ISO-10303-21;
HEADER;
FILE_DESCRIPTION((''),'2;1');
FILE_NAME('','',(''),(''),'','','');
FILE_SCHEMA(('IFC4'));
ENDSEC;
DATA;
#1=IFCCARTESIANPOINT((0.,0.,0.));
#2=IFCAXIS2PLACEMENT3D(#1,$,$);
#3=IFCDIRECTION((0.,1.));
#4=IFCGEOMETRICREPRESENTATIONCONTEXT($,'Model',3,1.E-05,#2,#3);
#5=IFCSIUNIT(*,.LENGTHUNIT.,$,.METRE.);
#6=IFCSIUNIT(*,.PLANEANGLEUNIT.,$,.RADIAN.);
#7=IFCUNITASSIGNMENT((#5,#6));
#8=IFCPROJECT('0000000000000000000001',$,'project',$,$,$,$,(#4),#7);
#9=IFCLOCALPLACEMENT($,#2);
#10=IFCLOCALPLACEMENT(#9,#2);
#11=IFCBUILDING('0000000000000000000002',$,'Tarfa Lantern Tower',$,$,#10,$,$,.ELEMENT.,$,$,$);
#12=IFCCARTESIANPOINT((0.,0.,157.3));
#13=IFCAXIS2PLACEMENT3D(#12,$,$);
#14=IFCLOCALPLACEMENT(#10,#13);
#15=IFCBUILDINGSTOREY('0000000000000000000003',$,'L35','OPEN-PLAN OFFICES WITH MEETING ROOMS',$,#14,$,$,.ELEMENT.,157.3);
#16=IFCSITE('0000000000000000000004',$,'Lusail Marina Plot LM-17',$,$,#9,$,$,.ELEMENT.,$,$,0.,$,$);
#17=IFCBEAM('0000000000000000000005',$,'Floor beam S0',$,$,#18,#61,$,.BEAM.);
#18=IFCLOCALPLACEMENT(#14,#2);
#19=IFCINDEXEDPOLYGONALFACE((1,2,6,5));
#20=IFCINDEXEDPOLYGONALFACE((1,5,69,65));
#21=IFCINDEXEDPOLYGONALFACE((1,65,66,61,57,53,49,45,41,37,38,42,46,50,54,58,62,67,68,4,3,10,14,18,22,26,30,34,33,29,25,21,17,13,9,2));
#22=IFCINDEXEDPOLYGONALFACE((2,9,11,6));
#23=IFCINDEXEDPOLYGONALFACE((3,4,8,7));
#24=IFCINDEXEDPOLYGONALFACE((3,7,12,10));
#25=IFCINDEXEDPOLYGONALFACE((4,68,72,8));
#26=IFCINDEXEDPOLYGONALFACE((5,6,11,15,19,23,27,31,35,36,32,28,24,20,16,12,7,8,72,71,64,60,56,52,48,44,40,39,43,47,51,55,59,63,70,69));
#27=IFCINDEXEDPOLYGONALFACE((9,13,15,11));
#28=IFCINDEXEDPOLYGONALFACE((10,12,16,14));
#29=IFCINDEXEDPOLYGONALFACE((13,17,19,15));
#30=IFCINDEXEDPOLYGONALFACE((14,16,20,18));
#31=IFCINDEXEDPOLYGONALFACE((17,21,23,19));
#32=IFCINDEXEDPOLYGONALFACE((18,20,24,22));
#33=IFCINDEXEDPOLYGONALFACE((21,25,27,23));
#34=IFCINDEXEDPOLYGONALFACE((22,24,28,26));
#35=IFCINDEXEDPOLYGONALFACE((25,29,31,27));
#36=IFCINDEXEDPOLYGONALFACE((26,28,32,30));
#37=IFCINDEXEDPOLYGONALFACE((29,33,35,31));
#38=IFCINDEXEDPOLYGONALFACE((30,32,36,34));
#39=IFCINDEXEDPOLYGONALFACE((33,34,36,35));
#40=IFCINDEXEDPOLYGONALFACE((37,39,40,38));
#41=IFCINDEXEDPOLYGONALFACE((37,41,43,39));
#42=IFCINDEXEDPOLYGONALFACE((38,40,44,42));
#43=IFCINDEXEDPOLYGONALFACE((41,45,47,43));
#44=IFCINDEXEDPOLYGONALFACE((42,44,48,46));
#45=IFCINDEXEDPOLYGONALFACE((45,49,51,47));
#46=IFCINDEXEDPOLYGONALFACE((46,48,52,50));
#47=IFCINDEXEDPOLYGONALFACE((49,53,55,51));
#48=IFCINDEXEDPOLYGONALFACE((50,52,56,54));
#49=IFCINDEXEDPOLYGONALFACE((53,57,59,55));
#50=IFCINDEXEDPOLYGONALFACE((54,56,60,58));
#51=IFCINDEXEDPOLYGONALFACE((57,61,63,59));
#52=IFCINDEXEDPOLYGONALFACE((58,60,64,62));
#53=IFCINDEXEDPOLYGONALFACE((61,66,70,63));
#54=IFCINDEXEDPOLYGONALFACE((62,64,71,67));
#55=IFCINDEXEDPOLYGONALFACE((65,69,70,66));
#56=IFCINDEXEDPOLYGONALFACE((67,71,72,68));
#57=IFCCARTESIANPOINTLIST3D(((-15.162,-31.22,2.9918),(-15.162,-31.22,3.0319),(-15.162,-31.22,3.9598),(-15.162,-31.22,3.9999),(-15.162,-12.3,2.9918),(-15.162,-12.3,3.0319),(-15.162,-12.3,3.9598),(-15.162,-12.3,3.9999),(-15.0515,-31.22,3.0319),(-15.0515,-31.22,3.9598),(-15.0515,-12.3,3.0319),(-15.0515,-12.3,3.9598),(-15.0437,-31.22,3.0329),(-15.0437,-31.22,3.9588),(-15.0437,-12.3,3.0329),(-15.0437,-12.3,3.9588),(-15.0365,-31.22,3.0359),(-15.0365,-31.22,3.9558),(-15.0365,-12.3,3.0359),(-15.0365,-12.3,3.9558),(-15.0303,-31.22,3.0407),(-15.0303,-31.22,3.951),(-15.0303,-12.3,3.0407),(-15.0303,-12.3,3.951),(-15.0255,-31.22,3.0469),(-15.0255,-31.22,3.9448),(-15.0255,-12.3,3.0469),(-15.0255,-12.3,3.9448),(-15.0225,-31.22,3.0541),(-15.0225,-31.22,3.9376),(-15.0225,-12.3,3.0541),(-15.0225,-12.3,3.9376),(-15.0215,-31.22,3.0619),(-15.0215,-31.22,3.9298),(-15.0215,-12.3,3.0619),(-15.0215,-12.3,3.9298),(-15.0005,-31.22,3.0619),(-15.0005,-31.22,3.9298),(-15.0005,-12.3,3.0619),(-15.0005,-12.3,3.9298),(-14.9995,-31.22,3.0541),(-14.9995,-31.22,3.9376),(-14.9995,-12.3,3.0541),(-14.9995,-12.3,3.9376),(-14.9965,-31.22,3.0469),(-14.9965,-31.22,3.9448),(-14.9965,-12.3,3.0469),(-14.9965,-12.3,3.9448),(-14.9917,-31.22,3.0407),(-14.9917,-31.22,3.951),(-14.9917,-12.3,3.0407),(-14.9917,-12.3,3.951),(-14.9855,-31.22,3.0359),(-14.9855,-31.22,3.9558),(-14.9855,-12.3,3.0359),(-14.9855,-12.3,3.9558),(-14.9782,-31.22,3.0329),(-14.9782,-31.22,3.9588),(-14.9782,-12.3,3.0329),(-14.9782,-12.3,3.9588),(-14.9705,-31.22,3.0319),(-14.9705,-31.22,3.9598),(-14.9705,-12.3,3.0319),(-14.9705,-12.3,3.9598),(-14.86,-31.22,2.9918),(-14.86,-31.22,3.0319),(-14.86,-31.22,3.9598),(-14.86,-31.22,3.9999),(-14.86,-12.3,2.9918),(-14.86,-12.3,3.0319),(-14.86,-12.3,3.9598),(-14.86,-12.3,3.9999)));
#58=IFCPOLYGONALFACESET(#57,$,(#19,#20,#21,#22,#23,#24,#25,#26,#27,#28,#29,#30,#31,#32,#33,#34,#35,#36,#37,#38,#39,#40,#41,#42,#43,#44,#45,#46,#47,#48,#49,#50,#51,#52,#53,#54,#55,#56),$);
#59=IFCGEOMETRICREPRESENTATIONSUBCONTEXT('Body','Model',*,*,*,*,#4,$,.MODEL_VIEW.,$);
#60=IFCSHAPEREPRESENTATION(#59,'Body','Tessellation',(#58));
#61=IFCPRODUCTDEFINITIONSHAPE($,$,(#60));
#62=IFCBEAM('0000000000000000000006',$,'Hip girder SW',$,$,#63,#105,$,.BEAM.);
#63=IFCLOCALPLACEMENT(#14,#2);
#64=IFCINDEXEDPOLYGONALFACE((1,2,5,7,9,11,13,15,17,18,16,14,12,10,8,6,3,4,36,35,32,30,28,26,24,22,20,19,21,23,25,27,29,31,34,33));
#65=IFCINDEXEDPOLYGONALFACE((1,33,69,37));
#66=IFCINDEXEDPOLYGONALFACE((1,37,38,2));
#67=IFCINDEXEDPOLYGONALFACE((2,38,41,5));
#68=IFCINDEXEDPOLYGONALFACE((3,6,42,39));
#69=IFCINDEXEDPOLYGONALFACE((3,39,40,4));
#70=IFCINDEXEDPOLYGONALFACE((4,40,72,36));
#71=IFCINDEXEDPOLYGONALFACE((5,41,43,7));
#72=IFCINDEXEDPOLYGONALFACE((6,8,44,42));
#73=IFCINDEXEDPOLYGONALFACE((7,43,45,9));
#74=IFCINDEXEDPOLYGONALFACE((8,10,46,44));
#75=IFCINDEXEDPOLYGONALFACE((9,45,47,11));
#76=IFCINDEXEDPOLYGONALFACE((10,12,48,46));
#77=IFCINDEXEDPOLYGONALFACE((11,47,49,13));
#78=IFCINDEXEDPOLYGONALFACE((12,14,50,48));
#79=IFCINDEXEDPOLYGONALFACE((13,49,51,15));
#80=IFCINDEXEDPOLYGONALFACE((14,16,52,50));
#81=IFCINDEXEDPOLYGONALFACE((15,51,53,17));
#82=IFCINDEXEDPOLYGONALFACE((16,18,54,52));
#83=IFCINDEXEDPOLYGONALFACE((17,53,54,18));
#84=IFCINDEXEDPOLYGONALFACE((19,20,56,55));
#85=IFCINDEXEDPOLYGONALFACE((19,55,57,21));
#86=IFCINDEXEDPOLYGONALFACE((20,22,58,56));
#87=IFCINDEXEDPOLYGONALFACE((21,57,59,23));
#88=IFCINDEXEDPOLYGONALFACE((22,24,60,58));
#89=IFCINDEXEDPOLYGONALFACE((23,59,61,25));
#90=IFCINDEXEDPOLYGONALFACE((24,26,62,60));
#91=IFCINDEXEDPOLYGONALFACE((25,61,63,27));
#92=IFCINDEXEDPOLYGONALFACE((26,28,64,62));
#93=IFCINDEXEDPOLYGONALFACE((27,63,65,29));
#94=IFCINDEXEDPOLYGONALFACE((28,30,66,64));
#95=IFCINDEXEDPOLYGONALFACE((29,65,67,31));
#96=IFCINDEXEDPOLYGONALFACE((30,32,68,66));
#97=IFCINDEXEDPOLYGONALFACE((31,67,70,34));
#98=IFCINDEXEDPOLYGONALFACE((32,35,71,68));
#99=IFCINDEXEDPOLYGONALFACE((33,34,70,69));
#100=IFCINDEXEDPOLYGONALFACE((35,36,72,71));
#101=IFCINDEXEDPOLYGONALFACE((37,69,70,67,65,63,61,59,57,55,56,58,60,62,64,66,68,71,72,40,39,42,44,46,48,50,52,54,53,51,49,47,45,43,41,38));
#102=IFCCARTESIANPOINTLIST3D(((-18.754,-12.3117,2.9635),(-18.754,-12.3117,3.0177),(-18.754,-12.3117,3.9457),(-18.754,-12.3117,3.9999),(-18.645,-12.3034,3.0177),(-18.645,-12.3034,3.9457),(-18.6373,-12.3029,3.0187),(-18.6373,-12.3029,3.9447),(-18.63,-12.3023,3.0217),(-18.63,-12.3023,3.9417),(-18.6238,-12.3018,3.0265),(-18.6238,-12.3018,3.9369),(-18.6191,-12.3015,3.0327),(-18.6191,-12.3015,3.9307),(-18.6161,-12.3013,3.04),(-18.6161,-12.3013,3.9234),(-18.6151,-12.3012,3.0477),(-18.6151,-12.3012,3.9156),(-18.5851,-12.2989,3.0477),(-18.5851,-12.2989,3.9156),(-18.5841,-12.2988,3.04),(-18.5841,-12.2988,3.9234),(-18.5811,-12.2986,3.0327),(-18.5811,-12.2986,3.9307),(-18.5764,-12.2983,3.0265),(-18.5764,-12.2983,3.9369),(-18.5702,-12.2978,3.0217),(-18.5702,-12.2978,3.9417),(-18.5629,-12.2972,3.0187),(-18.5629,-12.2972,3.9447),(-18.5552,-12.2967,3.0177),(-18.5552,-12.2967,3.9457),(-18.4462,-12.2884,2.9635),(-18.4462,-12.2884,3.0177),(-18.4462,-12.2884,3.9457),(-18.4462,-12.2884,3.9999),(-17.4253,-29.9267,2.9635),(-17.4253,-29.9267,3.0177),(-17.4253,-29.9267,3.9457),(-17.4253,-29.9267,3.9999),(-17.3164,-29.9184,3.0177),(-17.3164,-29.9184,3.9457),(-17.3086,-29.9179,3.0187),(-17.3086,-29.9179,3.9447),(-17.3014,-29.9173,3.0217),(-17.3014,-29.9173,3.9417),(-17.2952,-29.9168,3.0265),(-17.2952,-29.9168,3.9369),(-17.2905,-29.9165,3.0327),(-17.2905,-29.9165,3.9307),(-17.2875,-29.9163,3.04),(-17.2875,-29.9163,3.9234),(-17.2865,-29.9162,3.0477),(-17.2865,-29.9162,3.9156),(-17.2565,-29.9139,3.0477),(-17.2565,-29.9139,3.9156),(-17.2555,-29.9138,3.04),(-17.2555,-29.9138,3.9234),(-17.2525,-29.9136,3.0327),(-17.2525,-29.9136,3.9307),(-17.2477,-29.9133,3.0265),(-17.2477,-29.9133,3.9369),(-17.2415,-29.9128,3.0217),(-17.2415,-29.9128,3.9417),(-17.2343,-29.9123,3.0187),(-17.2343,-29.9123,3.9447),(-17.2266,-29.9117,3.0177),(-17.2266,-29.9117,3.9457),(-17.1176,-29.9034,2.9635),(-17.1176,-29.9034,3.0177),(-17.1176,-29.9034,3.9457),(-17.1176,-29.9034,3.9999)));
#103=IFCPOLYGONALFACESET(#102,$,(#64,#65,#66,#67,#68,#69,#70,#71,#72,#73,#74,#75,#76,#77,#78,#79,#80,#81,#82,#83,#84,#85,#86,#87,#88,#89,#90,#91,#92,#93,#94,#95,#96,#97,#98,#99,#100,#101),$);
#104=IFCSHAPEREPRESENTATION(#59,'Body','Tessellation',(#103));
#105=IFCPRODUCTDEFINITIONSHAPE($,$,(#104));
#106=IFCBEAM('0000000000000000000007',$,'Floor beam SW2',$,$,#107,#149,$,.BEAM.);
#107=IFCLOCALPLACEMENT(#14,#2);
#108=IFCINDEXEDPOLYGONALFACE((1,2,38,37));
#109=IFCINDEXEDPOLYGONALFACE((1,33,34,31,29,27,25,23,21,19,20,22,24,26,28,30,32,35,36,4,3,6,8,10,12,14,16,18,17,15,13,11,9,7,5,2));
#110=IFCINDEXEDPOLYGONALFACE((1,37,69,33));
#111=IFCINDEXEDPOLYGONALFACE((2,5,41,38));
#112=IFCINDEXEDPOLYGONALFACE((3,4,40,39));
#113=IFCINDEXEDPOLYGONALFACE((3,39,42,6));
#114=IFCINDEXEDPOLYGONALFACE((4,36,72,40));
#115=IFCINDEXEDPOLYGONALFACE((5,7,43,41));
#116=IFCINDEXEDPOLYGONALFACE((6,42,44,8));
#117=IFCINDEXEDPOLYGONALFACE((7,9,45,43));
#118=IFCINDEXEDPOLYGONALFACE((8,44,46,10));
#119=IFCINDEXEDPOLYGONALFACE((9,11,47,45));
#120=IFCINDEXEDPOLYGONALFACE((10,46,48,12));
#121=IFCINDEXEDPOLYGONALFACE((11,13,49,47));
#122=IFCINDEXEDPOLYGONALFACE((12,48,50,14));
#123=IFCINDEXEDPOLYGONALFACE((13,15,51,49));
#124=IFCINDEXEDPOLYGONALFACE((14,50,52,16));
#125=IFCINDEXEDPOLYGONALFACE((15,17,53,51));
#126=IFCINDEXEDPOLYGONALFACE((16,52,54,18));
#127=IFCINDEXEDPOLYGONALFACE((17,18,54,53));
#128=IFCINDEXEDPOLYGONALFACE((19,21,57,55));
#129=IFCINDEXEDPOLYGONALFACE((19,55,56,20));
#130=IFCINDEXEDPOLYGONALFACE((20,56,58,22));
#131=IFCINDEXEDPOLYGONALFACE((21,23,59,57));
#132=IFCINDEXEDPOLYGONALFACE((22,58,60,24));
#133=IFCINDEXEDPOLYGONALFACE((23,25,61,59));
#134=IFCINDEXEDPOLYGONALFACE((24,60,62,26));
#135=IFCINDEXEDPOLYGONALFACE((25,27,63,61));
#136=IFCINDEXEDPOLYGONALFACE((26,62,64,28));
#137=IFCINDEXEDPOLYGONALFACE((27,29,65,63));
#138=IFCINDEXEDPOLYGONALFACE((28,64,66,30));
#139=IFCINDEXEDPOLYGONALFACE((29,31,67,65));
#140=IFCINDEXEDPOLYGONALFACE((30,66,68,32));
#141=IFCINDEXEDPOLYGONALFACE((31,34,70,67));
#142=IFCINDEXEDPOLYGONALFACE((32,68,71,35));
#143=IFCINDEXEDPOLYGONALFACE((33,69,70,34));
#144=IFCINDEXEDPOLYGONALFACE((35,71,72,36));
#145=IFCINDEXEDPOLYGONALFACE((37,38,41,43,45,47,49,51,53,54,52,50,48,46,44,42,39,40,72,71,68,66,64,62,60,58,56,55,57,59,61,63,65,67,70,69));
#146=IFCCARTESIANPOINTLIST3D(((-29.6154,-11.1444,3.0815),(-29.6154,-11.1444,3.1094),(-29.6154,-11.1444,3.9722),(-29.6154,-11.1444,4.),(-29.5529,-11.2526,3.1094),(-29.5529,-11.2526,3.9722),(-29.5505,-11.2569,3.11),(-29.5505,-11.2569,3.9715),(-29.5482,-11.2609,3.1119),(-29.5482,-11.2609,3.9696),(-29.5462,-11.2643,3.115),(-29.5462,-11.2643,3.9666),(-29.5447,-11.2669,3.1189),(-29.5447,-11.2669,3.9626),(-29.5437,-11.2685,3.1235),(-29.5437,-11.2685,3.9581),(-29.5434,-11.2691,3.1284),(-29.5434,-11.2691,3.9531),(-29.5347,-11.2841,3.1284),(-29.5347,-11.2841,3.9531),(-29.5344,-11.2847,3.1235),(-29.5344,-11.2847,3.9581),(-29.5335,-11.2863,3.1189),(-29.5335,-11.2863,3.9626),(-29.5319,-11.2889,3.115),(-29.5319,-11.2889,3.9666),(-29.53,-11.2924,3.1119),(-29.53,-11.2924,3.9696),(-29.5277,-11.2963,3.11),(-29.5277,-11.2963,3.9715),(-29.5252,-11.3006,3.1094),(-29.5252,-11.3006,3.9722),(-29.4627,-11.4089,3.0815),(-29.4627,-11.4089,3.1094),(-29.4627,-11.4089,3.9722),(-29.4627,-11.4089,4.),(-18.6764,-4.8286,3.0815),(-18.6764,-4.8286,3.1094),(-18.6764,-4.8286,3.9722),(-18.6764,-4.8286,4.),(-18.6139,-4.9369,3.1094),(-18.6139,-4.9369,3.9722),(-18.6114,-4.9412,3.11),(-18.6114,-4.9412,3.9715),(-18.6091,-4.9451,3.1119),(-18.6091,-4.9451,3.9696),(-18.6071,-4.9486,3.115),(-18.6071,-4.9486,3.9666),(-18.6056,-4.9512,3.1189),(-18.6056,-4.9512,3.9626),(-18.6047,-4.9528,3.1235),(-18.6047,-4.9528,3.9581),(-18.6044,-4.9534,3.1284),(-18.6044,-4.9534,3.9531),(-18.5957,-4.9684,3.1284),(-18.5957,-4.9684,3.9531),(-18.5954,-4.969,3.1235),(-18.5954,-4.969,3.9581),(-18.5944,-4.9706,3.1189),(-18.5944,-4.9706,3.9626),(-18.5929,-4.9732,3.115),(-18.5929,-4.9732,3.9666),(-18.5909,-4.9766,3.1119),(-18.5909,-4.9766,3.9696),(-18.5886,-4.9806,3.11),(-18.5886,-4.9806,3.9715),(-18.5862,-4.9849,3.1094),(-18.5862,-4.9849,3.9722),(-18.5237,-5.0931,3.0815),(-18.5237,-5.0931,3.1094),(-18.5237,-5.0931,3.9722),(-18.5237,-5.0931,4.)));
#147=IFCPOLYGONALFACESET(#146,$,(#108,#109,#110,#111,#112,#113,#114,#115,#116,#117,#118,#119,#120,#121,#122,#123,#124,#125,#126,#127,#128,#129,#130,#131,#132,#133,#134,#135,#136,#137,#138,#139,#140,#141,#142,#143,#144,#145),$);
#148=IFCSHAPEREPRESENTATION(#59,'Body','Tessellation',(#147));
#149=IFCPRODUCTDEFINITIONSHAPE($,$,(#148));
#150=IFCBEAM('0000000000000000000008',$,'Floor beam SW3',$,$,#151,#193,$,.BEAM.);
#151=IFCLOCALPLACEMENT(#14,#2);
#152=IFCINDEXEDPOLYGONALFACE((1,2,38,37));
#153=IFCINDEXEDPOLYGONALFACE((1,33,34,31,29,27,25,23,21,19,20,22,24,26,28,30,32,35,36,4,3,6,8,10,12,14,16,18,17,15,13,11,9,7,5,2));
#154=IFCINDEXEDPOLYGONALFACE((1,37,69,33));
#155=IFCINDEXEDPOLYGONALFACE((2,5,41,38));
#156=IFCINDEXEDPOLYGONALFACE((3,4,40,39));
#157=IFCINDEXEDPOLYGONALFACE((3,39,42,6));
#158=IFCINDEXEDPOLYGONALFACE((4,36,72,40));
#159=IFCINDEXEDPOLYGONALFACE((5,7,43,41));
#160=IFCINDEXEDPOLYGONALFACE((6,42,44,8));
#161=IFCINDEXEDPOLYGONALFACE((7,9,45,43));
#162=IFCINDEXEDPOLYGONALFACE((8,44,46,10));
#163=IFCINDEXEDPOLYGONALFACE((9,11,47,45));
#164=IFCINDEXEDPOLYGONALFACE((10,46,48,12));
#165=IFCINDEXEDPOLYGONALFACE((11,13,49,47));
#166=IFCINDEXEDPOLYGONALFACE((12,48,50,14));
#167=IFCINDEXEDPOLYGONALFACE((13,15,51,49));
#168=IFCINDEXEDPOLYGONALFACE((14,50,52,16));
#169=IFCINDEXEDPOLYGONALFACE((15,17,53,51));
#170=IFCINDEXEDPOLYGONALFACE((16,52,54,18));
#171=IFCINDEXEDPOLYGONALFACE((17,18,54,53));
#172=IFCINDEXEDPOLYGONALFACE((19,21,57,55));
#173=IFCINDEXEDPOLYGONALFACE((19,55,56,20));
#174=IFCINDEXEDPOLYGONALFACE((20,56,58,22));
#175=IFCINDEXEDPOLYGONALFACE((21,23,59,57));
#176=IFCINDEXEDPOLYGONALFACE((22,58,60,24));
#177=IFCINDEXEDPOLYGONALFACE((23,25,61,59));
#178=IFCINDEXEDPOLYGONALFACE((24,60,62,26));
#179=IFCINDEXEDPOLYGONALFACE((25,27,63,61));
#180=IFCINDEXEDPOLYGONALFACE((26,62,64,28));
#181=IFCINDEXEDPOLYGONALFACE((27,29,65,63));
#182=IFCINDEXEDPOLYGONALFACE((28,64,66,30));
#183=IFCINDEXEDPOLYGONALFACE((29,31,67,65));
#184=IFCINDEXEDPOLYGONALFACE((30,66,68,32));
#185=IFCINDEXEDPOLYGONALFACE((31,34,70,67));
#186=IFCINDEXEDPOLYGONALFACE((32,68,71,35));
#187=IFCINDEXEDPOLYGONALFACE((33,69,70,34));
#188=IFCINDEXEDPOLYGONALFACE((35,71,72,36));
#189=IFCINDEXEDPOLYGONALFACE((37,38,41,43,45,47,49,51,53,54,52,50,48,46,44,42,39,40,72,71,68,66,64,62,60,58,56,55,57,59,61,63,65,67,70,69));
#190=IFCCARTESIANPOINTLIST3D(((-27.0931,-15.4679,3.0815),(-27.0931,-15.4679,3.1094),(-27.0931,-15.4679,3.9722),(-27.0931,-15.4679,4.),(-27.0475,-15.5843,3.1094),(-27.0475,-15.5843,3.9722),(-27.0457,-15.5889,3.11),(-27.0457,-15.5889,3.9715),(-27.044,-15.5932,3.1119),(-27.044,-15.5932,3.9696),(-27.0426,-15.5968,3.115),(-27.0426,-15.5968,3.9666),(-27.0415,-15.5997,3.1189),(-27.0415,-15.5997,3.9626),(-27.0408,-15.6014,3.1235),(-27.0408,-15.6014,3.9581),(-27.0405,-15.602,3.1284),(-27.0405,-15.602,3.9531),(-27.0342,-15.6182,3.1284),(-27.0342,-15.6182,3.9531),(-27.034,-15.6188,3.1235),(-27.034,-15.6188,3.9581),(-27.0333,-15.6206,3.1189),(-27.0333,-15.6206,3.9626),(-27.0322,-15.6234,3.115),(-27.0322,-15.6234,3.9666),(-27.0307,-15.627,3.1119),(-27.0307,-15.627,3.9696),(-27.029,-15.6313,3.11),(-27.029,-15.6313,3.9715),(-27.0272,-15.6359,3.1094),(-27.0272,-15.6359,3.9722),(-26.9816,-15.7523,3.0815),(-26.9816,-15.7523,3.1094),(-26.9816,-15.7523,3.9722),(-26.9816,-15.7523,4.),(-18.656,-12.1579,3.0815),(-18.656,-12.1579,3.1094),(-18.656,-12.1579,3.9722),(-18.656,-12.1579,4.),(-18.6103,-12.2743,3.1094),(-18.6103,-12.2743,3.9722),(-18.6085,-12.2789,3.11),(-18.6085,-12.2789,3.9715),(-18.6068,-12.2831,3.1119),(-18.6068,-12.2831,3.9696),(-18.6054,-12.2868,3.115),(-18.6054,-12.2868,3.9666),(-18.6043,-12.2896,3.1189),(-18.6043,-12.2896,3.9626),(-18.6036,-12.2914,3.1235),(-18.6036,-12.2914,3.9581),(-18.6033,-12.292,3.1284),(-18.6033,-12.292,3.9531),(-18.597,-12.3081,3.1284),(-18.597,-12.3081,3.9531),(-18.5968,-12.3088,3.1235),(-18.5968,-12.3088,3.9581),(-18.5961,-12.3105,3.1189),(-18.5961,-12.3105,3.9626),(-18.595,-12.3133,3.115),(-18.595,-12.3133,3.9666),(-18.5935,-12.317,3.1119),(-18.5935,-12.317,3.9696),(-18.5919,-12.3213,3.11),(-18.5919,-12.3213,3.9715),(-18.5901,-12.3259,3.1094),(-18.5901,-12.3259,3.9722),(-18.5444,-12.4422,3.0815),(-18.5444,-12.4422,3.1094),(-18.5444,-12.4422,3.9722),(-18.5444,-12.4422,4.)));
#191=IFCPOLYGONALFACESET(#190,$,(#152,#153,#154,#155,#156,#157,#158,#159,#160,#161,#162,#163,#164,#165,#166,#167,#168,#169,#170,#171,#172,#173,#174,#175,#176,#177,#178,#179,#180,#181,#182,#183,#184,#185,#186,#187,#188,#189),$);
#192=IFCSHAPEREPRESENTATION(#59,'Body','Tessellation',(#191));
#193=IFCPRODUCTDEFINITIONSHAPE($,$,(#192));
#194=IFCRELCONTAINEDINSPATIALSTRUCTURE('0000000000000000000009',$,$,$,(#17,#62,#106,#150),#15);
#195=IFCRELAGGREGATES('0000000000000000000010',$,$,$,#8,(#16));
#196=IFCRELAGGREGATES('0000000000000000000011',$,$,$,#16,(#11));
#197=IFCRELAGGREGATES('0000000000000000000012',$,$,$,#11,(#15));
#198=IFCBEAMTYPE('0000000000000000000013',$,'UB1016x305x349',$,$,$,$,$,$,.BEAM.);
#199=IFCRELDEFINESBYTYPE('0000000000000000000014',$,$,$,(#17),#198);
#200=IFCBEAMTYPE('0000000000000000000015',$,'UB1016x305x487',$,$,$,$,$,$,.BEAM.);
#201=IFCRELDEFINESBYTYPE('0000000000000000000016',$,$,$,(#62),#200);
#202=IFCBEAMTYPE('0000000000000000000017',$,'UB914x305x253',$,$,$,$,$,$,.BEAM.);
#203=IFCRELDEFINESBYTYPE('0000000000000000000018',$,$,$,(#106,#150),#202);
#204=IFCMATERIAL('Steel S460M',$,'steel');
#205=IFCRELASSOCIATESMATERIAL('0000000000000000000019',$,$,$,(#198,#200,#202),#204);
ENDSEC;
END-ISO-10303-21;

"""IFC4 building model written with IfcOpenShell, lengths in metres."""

from ifc_helpers import new_model, si_unit, direction, frame, origin, origin_2d, place, context, subcontext, project, spatial, i_section, extrude, material, material_profile, profile_set, type_object, element, save


model = new_model("IFC4")

# Units and contexts
model_context = context("Model", 3, precision=1e-05, world=origin(), true_north=direction((0.0, 1.0)))
body_context = subcontext(model_context, "Body", "Model", "MODEL_VIEW")
ifc_project = project(units=[si_unit("LENGTHUNIT", "METRE"), si_unit("PLANEANGLEUNIT", "RADIAN")], contexts=[model_context])

# Site, building, storey
site_placement = place(None, origin())
site = spatial("IfcSite", under=ifc_project, at=site_placement, Name="Lusail Marina Plot LM-17", CompositionType="ELEMENT", RefElevation=0.0)
building_placement = place(site_placement, origin())
building = spatial("IfcBuilding", under=site, at=building_placement, Name="Tarfa Lantern Tower", CompositionType="ELEMENT")
storey_placement = place(building_placement, frame((0.0, 0.0, 157.3)))
storey = spatial("IfcBuildingStorey", under=building, at=storey_placement, Name="L35", Description="OPEN-PLAN OFFICES WITH MEETING ROOMS", CompositionType="ELEMENT", Elevation=157.3)

# Beams
ifc_material_1 = material(Name="Steel S460M", Category="steel")
ifc_material_profile_1 = material_profile(ifc_material_1, i_section(OverallWidth=0.302, OverallDepth=1.0081, WebThickness=0.021, FlangeThickness=0.04, FilletRadius=0.03, at=origin_2d()), Name="UB1016x305x349")
ifc_profile_set_1 = profile_set([ifc_material_profile_1], Name="Steel S460M")
beam_type_1 = type_object("IfcBeamType", Name="UB1016x305x349", PredefinedType="BEAM", material=ifc_profile_set_1)
beam_1_placement = place(storey_placement, frame((-15.011, -31.22, 3.4958), z_axis=(0.0, 1.0, 0.0), x_axis=(-1.0, 0.0, 0.0)))
element("IfcBeam", 1, at=beam_1_placement, inside=storey, type_object=beam_type_1, Name="Floor beam S0", PredefinedType="BEAM", context=body_context, shape_type="SweptSolid", body=[
    extrude(i_section(OverallWidth=0.302, OverallDepth=1.0081, WebThickness=0.021, FlangeThickness=0.04, FilletRadius=0.03, at=origin_2d()), origin(), (0.0, 0.0, 1.0), 18.9199),
])
ifc_material_profile_2 = material_profile(ifc_material_1, i_section(OverallWidth=0.3086, OverallDepth=1.0364, WebThickness=0.03, FlangeThickness=0.0542, FilletRadius=0.03, at=origin_2d()), Name="UB1016x305x487")
ifc_profile_set_2 = profile_set([ifc_material_profile_2], Name="Steel S460M")
beam_type_2 = type_object("IfcBeamType", Name="UB1016x305x487", PredefinedType="BEAM", material=ifc_profile_set_2)
beam_2_placement = place(storey_placement, frame((-18.6001, -12.3, 3.4817), z_axis=(0.075212, -0.997168, 0.0), x_axis=(0.997168, 0.075212, 0.0)))
element("IfcBeam", 2, at=beam_2_placement, inside=storey, type_object=beam_type_2, Name="Hip girder SW", PredefinedType="BEAM", context=body_context, shape_type="SweptSolid", body=[
    extrude(i_section(OverallWidth=0.3086, OverallDepth=1.0364, WebThickness=0.03, FlangeThickness=0.0542, FilletRadius=0.03, at=origin_2d()), origin(), (0.0, 0.0, 1.0), 17.665),
])
ifc_material_profile_3 = material_profile(ifc_material_1, i_section(OverallWidth=0.3054, OverallDepth=0.9185, WebThickness=0.0173, FlangeThickness=0.0278, FilletRadius=0.019, at=origin_2d()), Name="UB914x305x253")
ifc_profile_set_3 = profile_set([ifc_material_profile_3], Name="Steel S460M")
beam_type_3 = type_object("IfcBeamType", Name="UB914x305x253", PredefinedType="BEAM", material=ifc_profile_set_3)
beam_3_placement = place(storey_placement, frame((-29.5391, -11.2766, 3.5408), z_axis=(0.866023, 0.500004, 0.0), x_axis=(-0.500004, 0.866023, 0.0)))
element("IfcBeam", 3, at=beam_3_placement, inside=storey, type_object=beam_type_3, Name="Floor beam SW2", PredefinedType="BEAM", context=body_context, shape_type="SweptSolid", body=[
    extrude(i_section(OverallWidth=0.3054, OverallDepth=0.9185, WebThickness=0.0173, FlangeThickness=0.0278, FilletRadius=0.019, at=origin_2d()), origin(), (0.0, 0.0, 1.0), 12.6313),
])
beam_4_placement = place(storey_placement, frame((-27.0374, -15.6101, 3.5408), z_axis=(0.930923, 0.365215, 0.0), x_axis=(-0.365215, 0.930923, 0.0)))
element("IfcBeam", 4, at=beam_4_placement, inside=storey, type_object=beam_type_3, Name="Floor beam SW3", PredefinedType="BEAM", context=body_context, shape_type="SweptSolid", body=[
    extrude(i_section(OverallWidth=0.3054, OverallDepth=0.9185, WebThickness=0.0173, FlangeThickness=0.0278, FilletRadius=0.019, at=origin_2d()), origin(), (0.0, 0.0, 1.0), 9.0632),
])

save(model, "model.ifc")
